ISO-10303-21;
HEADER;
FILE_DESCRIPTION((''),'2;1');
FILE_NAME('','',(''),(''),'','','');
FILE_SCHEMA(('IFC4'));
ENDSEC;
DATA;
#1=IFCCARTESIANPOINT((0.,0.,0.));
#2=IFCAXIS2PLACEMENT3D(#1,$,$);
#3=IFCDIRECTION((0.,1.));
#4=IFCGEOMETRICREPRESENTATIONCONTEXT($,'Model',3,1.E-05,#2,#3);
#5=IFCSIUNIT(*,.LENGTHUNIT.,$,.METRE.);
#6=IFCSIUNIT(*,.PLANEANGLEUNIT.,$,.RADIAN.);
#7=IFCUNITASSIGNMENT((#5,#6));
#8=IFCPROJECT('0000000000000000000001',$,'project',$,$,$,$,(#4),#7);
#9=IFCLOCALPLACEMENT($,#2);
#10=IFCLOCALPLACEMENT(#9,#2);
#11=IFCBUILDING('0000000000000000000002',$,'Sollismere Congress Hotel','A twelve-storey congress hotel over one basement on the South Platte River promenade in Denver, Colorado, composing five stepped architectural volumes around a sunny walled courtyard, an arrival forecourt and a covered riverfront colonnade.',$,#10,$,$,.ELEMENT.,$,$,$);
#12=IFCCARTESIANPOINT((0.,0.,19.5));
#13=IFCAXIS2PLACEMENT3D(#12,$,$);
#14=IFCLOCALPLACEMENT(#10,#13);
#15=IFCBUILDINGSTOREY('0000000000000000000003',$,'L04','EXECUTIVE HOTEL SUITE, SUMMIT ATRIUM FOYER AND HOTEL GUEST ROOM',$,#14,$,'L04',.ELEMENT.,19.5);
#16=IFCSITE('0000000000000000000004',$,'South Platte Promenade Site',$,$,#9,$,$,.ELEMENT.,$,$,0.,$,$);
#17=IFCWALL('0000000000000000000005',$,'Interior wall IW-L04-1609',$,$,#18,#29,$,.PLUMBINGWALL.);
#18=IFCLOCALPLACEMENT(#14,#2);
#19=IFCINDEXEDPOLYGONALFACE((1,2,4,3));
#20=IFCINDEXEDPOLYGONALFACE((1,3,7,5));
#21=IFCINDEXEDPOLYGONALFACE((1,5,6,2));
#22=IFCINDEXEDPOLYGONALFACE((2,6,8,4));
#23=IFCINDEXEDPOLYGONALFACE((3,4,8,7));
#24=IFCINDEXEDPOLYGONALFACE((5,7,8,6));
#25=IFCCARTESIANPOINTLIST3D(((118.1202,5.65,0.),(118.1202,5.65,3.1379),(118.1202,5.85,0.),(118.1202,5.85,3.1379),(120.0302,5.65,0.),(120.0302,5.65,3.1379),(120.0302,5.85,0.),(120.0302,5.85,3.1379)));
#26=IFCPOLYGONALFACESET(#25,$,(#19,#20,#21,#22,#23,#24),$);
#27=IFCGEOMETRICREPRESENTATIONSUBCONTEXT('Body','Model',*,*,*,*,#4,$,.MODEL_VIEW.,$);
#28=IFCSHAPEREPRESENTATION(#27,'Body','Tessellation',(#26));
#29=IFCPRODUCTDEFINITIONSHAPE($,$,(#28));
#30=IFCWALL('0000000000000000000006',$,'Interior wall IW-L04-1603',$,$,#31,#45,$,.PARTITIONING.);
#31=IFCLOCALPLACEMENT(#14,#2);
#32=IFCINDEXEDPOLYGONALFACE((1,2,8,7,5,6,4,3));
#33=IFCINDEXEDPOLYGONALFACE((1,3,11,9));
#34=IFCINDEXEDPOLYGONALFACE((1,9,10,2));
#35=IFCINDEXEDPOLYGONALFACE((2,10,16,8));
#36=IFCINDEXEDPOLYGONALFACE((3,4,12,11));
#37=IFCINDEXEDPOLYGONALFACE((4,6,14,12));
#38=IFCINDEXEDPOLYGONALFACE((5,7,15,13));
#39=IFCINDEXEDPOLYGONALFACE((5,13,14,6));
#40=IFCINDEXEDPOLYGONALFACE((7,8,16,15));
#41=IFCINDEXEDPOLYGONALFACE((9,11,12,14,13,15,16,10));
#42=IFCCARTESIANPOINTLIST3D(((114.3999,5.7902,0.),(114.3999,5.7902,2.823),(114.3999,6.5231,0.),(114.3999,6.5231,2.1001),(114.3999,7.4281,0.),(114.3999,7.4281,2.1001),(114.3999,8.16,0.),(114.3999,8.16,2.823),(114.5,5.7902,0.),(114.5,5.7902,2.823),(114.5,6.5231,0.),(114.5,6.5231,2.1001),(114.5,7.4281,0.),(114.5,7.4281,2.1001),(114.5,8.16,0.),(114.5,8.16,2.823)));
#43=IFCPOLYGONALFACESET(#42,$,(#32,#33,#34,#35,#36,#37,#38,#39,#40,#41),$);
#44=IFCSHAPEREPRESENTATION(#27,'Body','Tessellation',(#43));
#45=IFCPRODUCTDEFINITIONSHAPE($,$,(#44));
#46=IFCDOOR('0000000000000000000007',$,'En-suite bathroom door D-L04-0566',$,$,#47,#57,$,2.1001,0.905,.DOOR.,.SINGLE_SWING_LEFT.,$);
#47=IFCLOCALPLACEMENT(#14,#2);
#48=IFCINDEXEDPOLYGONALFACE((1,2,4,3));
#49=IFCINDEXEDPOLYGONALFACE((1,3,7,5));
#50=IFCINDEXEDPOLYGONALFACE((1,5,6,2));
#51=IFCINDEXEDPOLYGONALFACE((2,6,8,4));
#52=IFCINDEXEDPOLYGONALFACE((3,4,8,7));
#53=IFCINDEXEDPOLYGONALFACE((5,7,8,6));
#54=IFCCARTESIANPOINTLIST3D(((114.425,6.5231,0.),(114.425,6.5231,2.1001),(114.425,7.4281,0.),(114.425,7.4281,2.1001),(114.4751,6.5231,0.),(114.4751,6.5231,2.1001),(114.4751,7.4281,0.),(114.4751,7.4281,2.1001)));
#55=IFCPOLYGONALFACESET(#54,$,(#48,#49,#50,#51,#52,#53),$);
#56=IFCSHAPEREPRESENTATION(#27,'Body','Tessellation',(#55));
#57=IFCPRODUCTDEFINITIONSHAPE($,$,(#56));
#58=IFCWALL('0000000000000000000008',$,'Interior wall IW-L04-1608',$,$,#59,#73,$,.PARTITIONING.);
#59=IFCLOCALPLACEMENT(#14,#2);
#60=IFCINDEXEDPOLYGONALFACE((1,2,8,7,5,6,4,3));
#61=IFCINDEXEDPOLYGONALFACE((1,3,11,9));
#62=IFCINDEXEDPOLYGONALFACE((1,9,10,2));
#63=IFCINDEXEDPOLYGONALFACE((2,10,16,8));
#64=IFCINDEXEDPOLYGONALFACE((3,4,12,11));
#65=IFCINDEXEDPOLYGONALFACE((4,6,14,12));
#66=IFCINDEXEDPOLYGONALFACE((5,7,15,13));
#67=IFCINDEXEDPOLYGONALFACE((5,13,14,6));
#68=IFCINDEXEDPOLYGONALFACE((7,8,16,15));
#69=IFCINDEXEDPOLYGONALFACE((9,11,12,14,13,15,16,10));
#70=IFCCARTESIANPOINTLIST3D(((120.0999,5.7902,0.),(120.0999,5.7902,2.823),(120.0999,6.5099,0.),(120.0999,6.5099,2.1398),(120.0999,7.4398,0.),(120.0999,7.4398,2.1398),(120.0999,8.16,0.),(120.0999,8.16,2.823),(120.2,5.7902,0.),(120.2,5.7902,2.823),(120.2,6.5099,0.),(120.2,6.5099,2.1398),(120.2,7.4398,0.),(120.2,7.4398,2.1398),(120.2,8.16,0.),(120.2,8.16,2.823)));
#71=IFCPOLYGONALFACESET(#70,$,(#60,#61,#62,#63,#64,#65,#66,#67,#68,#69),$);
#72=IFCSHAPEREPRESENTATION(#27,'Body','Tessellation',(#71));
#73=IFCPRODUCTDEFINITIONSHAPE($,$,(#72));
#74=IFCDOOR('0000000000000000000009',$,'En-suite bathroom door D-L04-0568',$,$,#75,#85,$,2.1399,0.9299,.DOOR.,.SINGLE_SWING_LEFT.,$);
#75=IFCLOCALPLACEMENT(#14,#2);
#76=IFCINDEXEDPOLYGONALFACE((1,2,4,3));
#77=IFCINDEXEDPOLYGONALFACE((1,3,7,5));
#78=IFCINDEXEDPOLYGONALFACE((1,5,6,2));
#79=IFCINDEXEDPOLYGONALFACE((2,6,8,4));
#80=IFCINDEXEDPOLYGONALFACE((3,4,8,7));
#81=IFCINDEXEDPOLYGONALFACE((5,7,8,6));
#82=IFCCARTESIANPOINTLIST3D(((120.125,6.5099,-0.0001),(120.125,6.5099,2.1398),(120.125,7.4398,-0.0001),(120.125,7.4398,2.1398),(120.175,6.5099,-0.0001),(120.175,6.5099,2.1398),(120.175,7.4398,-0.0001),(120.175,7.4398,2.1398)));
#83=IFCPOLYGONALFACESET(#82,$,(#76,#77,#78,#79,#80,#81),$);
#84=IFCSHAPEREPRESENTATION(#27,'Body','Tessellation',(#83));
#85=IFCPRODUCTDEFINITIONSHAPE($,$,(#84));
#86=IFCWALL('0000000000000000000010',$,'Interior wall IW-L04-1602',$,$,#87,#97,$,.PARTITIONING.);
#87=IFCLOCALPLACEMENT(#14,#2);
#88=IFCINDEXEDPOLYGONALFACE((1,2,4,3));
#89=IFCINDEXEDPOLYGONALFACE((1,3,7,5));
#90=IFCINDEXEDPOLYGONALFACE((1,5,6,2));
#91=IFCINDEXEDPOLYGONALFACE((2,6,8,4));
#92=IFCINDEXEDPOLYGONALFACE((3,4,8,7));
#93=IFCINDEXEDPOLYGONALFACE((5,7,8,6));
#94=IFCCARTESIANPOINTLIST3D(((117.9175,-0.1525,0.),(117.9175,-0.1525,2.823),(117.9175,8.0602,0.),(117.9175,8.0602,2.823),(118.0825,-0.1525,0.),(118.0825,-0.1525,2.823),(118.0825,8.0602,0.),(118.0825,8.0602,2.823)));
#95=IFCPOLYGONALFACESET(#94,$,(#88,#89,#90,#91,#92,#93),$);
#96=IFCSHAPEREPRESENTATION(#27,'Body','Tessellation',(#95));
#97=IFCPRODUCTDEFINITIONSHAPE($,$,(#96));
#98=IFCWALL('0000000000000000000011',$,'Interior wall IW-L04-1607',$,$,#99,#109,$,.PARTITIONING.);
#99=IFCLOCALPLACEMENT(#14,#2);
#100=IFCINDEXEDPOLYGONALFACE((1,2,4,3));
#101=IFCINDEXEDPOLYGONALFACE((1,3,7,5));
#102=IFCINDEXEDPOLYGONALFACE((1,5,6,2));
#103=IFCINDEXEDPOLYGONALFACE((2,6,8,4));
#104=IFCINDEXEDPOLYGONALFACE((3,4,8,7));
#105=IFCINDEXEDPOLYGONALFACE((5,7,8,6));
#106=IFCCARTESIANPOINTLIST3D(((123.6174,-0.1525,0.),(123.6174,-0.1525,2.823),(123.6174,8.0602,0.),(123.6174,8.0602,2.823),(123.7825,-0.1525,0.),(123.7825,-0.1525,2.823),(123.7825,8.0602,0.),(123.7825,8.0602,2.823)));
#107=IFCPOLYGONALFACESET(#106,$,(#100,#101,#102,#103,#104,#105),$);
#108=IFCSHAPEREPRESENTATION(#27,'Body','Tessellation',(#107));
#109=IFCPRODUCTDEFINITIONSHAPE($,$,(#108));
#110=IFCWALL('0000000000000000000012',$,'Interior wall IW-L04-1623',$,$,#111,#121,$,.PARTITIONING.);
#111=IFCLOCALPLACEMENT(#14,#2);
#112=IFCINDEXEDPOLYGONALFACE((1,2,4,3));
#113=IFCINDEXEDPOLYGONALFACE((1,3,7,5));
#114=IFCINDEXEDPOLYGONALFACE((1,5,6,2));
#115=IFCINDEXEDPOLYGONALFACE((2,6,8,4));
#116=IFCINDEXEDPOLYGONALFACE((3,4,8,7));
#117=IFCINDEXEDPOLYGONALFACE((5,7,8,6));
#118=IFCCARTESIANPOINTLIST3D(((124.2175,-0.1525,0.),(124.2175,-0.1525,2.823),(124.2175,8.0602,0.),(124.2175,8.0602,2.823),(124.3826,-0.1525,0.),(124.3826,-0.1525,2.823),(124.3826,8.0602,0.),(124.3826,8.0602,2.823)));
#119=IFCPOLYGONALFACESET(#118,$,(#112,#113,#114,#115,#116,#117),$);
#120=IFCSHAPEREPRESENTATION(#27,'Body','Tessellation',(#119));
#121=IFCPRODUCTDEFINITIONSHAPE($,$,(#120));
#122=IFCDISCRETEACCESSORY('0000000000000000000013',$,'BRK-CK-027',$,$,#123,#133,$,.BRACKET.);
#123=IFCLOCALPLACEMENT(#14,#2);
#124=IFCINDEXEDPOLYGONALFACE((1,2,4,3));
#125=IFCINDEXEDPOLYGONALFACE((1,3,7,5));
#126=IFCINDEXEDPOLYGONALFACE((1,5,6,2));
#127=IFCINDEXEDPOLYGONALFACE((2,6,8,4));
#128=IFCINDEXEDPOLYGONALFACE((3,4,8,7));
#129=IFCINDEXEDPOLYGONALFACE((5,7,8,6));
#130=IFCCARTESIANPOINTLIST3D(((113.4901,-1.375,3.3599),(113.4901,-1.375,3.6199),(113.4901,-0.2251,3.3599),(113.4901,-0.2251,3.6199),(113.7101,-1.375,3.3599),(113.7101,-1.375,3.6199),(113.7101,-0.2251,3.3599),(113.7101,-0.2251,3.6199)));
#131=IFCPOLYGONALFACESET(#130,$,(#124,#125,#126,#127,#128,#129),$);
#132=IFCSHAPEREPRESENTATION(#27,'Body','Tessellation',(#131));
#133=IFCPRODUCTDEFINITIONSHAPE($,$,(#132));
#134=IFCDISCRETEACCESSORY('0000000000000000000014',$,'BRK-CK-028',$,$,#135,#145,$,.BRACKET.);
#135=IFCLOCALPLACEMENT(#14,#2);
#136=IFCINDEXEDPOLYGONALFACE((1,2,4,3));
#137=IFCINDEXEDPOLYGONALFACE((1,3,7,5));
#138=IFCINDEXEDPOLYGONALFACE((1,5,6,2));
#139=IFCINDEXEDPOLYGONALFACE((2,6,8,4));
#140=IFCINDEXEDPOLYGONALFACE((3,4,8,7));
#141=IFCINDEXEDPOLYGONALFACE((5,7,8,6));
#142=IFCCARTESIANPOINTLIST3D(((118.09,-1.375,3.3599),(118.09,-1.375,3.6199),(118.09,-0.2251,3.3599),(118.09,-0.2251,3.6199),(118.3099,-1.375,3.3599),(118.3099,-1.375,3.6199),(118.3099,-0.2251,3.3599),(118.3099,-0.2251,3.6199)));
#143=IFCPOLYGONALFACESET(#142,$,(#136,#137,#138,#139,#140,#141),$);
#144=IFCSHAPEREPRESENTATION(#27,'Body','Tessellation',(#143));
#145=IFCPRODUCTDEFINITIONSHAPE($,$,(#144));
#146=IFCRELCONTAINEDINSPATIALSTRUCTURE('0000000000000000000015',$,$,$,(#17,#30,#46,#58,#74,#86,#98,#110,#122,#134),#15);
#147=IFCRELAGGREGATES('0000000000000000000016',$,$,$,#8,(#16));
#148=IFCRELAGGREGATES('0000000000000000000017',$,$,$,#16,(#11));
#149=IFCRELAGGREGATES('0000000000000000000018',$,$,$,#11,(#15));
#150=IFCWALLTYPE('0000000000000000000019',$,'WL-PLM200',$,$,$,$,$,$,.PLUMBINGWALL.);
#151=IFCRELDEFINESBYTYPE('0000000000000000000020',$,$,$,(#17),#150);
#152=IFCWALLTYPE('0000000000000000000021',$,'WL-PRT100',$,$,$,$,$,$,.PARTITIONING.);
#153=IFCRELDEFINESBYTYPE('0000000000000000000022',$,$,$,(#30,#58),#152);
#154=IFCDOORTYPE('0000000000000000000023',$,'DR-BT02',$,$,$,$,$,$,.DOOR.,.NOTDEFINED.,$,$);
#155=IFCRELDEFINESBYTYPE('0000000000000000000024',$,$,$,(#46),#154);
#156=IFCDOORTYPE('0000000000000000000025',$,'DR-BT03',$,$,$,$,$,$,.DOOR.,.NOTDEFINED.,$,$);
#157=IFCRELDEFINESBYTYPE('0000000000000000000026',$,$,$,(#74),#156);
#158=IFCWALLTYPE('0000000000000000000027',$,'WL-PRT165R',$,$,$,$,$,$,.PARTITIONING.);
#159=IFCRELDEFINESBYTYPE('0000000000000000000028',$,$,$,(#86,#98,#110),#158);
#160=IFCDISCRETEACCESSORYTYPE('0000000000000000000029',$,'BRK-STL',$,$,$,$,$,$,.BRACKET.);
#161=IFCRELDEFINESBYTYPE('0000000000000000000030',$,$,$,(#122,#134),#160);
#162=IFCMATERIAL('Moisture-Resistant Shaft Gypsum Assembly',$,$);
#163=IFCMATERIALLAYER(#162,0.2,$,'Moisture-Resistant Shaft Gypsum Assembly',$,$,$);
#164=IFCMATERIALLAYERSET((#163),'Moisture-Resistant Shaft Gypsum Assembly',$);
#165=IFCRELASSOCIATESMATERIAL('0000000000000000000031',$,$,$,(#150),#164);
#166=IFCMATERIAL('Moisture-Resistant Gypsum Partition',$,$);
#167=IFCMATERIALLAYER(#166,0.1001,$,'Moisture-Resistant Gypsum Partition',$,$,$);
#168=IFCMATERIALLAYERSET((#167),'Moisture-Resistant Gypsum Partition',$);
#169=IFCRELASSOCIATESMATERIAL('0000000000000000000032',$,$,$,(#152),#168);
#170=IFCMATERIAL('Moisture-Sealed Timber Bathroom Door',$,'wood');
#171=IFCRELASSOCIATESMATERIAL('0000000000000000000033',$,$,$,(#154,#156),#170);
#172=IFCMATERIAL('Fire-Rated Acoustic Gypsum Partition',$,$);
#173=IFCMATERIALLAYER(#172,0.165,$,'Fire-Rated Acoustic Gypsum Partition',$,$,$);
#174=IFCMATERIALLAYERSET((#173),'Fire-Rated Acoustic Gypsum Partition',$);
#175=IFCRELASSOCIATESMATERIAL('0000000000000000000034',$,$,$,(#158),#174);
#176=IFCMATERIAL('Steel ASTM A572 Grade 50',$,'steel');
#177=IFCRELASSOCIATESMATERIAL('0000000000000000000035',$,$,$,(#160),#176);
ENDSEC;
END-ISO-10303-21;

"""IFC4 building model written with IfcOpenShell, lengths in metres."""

from ifc_helpers import new_model, si_unit, direction, frame, frame_2d, origin, origin_2d, place, context, subcontext, project, spatial, rectangle, extrude, material, layer, layer_set, type_object, element, fill, save


model = new_model("IFC4")

# Units and contexts
model_context = context("Model", 3, precision=1e-05, world=origin(), true_north=direction((0.0, 1.0)))
body_context = subcontext(model_context, "Body", "Model", "MODEL_VIEW")
ifc_project = project(units=[si_unit("LENGTHUNIT", "METRE"), si_unit("PLANEANGLEUNIT", "RADIAN")], contexts=[model_context])

# Site, building, storey
site_placement = place(None, origin())
site = spatial("IfcSite", under=ifc_project, at=site_placement, Name="South Platte Promenade Site", CompositionType="ELEMENT", RefElevation=0.0)
building_placement = place(site_placement, origin())
building = spatial("IfcBuilding", under=site, at=building_placement, Name="Sollismere Congress Hotel", Description="A twelve-storey congress hotel over one basement on the South Platte River promenade in Denver, Colorado, composing five stepped architectural volumes around a sunny walled courtyard, an arrival forecourt and a covered riverfront colonnade.", CompositionType="ELEMENT")
storey_placement = place(building_placement, frame((0.0, 0.0, 19.5)))
storey = spatial("IfcBuildingStorey", under=building, at=storey_placement, Name="L04", Description="EXECUTIVE HOTEL SUITE, SUMMIT ATRIUM FOYER AND HOTEL GUEST ROOM", LongName="L04", CompositionType="ELEMENT", Elevation=19.5)

# Wall
ifc_material_1 = material(Name="Moisture-Resistant Shaft Gypsum Assembly")
ifc_layer_1 = layer(ifc_material_1, 0.2, Name="Moisture-Resistant Shaft Gypsum Assembly")
ifc_layer_set_1 = layer_set([ifc_layer_1], Name="Moisture-Resistant Shaft Gypsum Assembly")
wall_type_1 = type_object("IfcWallType", Name="WL-PLM200", PredefinedType="PLUMBINGWALL", material=ifc_layer_set_1)
wall_1_placement = place(storey_placement, frame((118.1201, 5.75, 0.0), z_axis=(0.0, 0.0, 1.0), x_axis=(1.0, 0.0, 0.0)))
element("IfcWall", 1, at=wall_1_placement, inside=storey, type_object=wall_type_1, Name="Interior wall IW-L04-1609", PredefinedType="PLUMBINGWALL", context=body_context, shape_type="SweptSolid", body=[
    extrude(rectangle(XDim=1.9099, YDim=0.2, at=frame_2d((0.9551, 0.0))), origin(), (0.0, 0.0, 1.0), 3.1379),
])

# Walls, openings, doors
ifc_material_2 = material(Name="Moisture-Resistant Gypsum Partition")
ifc_layer_2 = layer(ifc_material_2, 0.1001, Name="Moisture-Resistant Gypsum Partition")
ifc_layer_set_2 = layer_set([ifc_layer_2], Name="Moisture-Resistant Gypsum Partition")
wall_type_2 = type_object("IfcWallType", Name="WL-PRT100", PredefinedType="PARTITIONING", material=ifc_layer_set_2)
wall_2_placement = place(storey_placement, frame((114.45, 5.79, 0.0), z_axis=(0.0, 0.0, 1.0), x_axis=(0.0, 1.0, 0.0)))
wall_2 = element("IfcWall", 2, at=wall_2_placement, inside=storey, type_object=wall_type_2, Name="Interior wall IW-L04-1603", PredefinedType="PARTITIONING", context=body_context, shape_type="SweptSolid", body=[
    extrude(rectangle(XDim=2.3699, YDim=0.1001, at=frame_2d((1.1851, 0.0))), origin(), (0.0, 0.0, 1.0), 2.823),
])
opening_1_placement = place(wall_2_placement, frame((0.7329, 0.0, 0.0)))
opening_1 = element("IfcOpeningElement", 3, at=opening_1_placement, cuts=wall_2, PredefinedType="OPENING", context=body_context, shape_type="SweptSolid", body=[
    extrude(rectangle(XDim=0.905, YDim=2.1001, at=frame_2d((0.4526, 1.05))), frame((0.0, 0.0601, 0.0), z_axis=(0.0, -1.0, 0.0), x_axis=(1.0, 0.0, 0.0)), (0.0, 0.0, 1.0), 0.1201),
])
ifc_material_3 = material(Name="Moisture-Sealed Timber Bathroom Door", Category="wood")
door_type_1 = type_object("IfcDoorType", Name="DR-BT02", OperationType="NOTDEFINED", PredefinedType="DOOR", material=ifc_material_3)
door_1_placement = place(opening_1_placement, origin())
door_1 = element("IfcDoor", 4, at=door_1_placement, inside=storey, type_object=door_type_1, Name="En-suite bathroom door D-L04-0566", OperationType="SINGLE_SWING_LEFT", OverallHeight=2.1001, OverallWidth=0.905, PredefinedType="DOOR", context=body_context, shape_type="SweptSolid", body=[
    extrude(rectangle(XDim=0.905, YDim=2.1001, at=frame_2d((0.4526, 1.05))), frame((0.0, 0.0249, 0.0), z_axis=(0.0, -1.0, 0.0), x_axis=(1.0, 0.0, 0.0)), (0.0, 0.0, 1.0), 0.05),
])
fill(opening_1, door_1)
wall_3_placement = place(storey_placement, frame((120.1499, 5.79, 0.0), z_axis=(0.0, 0.0, 1.0), x_axis=(0.0, 1.0, 0.0)))
wall_3 = element("IfcWall", 5, at=wall_3_placement, inside=storey, type_object=wall_type_2, Name="Interior wall IW-L04-1608", PredefinedType="PARTITIONING", context=body_context, shape_type="SweptSolid", body=[
    extrude(rectangle(XDim=2.3699, YDim=0.1001, at=frame_2d((1.1851, 0.0))), origin(), (0.0, 0.0, 1.0), 2.823),
])
opening_2_placement = place(wall_3_placement, frame((0.72, 0.0, 0.0)))
opening_2 = element("IfcOpeningElement", 6, at=opening_2_placement, cuts=wall_3, PredefinedType="OPENING", context=body_context, shape_type="SweptSolid", body=[
    extrude(rectangle(XDim=0.9299, YDim=2.1399, at=frame_2d((0.4648, 1.0698))), frame((0.0, 0.0601, 0.0), z_axis=(0.0, -1.0, 0.0), x_axis=(1.0, 0.0, 0.0)), (0.0, 0.0, 1.0), 0.1201),
])
door_type_2 = type_object("IfcDoorType", Name="DR-BT03", OperationType="NOTDEFINED", PredefinedType="DOOR", material=ifc_material_3)
door_2_placement = place(opening_2_placement, origin())
door_2 = element("IfcDoor", 7, at=door_2_placement, inside=storey, type_object=door_type_2, Name="En-suite bathroom door D-L04-0568", OperationType="SINGLE_SWING_LEFT", OverallHeight=2.1399, OverallWidth=0.9299, PredefinedType="DOOR", context=body_context, shape_type="SweptSolid", body=[
    extrude(rectangle(XDim=0.9299, YDim=2.1399, at=frame_2d((0.4648, 1.0698))), frame((0.0, 0.0249, 0.0), z_axis=(0.0, -1.0, 0.0), x_axis=(1.0, 0.0, 0.0)), (0.0, 0.0, 1.0), 0.05),
])
fill(opening_2, door_2)

# Walls
ifc_material_4 = material(Name="Fire-Rated Acoustic Gypsum Partition")
ifc_layer_3 = layer(ifc_material_4, 0.165, Name="Fire-Rated Acoustic Gypsum Partition")
ifc_layer_set_3 = layer_set([ifc_layer_3], Name="Fire-Rated Acoustic Gypsum Partition")
wall_type_3 = type_object("IfcWallType", Name="WL-PRT165R", PredefinedType="PARTITIONING", material=ifc_layer_set_3)
for number, where, z_axis, x_axis, name in (
    (8, (118.0, -0.1526, 0.0), (0.0, 0.0, 1.0), (0.0, 1.0, 0.0), "Interior wall IW-L04-1602"),
    (9, (123.7, -0.1526, 0.0), (0.0, 0.0, 1.0), (0.0, 1.0, 0.0), "Interior wall IW-L04-1607"),
    (10, (124.3, -0.1526, 0.0), (0.0, 0.0, 1.0), (0.0, 1.0, 0.0), "Interior wall IW-L04-1623"),
):
    element("IfcWall", number, at=place(storey_placement, frame(where, z_axis=z_axis, x_axis=x_axis)), inside=storey, type_object=wall_type_3, Name=name, PredefinedType="PARTITIONING", context=body_context, shape_type="SweptSolid", body=[
        extrude(rectangle(XDim=8.2126, YDim=0.165, at=frame_2d((4.1064, 0.0))), origin(), (0.0, 0.0, 1.0), 2.823),
    ])

# Discrete accessories
ifc_material_5 = material(Name="Steel ASTM A572 Grade 50", Category="steel")
discrete_accessory_type = type_object("IfcDiscreteAccessoryType", Name="BRK-STL", PredefinedType="BRACKET", material=ifc_material_5)
for number, where, z_axis, x_axis, name in (
    (11, (113.6001, -0.8, 3.3599), (0.0, 0.0, 1.0), (1.0, 0.0, 0.0), "BRK-CK-027"),
    (12, (118.2, -0.8, 3.3599), (0.0, 0.0, 1.0), (1.0, 0.0, 0.0), "BRK-CK-028"),
):
    element("IfcDiscreteAccessory", number, at=place(storey_placement, frame(where, z_axis=z_axis, x_axis=x_axis)), inside=storey, type_object=discrete_accessory_type, Name=name, PredefinedType="BRACKET", context=body_context, shape_type="SweptSolid", body=[
        extrude(rectangle(XDim=0.22, YDim=1.1499, at=origin_2d()), origin(), (0.0, 0.0, 1.0), 0.26),
    ])

save(model, "model.ifc")
